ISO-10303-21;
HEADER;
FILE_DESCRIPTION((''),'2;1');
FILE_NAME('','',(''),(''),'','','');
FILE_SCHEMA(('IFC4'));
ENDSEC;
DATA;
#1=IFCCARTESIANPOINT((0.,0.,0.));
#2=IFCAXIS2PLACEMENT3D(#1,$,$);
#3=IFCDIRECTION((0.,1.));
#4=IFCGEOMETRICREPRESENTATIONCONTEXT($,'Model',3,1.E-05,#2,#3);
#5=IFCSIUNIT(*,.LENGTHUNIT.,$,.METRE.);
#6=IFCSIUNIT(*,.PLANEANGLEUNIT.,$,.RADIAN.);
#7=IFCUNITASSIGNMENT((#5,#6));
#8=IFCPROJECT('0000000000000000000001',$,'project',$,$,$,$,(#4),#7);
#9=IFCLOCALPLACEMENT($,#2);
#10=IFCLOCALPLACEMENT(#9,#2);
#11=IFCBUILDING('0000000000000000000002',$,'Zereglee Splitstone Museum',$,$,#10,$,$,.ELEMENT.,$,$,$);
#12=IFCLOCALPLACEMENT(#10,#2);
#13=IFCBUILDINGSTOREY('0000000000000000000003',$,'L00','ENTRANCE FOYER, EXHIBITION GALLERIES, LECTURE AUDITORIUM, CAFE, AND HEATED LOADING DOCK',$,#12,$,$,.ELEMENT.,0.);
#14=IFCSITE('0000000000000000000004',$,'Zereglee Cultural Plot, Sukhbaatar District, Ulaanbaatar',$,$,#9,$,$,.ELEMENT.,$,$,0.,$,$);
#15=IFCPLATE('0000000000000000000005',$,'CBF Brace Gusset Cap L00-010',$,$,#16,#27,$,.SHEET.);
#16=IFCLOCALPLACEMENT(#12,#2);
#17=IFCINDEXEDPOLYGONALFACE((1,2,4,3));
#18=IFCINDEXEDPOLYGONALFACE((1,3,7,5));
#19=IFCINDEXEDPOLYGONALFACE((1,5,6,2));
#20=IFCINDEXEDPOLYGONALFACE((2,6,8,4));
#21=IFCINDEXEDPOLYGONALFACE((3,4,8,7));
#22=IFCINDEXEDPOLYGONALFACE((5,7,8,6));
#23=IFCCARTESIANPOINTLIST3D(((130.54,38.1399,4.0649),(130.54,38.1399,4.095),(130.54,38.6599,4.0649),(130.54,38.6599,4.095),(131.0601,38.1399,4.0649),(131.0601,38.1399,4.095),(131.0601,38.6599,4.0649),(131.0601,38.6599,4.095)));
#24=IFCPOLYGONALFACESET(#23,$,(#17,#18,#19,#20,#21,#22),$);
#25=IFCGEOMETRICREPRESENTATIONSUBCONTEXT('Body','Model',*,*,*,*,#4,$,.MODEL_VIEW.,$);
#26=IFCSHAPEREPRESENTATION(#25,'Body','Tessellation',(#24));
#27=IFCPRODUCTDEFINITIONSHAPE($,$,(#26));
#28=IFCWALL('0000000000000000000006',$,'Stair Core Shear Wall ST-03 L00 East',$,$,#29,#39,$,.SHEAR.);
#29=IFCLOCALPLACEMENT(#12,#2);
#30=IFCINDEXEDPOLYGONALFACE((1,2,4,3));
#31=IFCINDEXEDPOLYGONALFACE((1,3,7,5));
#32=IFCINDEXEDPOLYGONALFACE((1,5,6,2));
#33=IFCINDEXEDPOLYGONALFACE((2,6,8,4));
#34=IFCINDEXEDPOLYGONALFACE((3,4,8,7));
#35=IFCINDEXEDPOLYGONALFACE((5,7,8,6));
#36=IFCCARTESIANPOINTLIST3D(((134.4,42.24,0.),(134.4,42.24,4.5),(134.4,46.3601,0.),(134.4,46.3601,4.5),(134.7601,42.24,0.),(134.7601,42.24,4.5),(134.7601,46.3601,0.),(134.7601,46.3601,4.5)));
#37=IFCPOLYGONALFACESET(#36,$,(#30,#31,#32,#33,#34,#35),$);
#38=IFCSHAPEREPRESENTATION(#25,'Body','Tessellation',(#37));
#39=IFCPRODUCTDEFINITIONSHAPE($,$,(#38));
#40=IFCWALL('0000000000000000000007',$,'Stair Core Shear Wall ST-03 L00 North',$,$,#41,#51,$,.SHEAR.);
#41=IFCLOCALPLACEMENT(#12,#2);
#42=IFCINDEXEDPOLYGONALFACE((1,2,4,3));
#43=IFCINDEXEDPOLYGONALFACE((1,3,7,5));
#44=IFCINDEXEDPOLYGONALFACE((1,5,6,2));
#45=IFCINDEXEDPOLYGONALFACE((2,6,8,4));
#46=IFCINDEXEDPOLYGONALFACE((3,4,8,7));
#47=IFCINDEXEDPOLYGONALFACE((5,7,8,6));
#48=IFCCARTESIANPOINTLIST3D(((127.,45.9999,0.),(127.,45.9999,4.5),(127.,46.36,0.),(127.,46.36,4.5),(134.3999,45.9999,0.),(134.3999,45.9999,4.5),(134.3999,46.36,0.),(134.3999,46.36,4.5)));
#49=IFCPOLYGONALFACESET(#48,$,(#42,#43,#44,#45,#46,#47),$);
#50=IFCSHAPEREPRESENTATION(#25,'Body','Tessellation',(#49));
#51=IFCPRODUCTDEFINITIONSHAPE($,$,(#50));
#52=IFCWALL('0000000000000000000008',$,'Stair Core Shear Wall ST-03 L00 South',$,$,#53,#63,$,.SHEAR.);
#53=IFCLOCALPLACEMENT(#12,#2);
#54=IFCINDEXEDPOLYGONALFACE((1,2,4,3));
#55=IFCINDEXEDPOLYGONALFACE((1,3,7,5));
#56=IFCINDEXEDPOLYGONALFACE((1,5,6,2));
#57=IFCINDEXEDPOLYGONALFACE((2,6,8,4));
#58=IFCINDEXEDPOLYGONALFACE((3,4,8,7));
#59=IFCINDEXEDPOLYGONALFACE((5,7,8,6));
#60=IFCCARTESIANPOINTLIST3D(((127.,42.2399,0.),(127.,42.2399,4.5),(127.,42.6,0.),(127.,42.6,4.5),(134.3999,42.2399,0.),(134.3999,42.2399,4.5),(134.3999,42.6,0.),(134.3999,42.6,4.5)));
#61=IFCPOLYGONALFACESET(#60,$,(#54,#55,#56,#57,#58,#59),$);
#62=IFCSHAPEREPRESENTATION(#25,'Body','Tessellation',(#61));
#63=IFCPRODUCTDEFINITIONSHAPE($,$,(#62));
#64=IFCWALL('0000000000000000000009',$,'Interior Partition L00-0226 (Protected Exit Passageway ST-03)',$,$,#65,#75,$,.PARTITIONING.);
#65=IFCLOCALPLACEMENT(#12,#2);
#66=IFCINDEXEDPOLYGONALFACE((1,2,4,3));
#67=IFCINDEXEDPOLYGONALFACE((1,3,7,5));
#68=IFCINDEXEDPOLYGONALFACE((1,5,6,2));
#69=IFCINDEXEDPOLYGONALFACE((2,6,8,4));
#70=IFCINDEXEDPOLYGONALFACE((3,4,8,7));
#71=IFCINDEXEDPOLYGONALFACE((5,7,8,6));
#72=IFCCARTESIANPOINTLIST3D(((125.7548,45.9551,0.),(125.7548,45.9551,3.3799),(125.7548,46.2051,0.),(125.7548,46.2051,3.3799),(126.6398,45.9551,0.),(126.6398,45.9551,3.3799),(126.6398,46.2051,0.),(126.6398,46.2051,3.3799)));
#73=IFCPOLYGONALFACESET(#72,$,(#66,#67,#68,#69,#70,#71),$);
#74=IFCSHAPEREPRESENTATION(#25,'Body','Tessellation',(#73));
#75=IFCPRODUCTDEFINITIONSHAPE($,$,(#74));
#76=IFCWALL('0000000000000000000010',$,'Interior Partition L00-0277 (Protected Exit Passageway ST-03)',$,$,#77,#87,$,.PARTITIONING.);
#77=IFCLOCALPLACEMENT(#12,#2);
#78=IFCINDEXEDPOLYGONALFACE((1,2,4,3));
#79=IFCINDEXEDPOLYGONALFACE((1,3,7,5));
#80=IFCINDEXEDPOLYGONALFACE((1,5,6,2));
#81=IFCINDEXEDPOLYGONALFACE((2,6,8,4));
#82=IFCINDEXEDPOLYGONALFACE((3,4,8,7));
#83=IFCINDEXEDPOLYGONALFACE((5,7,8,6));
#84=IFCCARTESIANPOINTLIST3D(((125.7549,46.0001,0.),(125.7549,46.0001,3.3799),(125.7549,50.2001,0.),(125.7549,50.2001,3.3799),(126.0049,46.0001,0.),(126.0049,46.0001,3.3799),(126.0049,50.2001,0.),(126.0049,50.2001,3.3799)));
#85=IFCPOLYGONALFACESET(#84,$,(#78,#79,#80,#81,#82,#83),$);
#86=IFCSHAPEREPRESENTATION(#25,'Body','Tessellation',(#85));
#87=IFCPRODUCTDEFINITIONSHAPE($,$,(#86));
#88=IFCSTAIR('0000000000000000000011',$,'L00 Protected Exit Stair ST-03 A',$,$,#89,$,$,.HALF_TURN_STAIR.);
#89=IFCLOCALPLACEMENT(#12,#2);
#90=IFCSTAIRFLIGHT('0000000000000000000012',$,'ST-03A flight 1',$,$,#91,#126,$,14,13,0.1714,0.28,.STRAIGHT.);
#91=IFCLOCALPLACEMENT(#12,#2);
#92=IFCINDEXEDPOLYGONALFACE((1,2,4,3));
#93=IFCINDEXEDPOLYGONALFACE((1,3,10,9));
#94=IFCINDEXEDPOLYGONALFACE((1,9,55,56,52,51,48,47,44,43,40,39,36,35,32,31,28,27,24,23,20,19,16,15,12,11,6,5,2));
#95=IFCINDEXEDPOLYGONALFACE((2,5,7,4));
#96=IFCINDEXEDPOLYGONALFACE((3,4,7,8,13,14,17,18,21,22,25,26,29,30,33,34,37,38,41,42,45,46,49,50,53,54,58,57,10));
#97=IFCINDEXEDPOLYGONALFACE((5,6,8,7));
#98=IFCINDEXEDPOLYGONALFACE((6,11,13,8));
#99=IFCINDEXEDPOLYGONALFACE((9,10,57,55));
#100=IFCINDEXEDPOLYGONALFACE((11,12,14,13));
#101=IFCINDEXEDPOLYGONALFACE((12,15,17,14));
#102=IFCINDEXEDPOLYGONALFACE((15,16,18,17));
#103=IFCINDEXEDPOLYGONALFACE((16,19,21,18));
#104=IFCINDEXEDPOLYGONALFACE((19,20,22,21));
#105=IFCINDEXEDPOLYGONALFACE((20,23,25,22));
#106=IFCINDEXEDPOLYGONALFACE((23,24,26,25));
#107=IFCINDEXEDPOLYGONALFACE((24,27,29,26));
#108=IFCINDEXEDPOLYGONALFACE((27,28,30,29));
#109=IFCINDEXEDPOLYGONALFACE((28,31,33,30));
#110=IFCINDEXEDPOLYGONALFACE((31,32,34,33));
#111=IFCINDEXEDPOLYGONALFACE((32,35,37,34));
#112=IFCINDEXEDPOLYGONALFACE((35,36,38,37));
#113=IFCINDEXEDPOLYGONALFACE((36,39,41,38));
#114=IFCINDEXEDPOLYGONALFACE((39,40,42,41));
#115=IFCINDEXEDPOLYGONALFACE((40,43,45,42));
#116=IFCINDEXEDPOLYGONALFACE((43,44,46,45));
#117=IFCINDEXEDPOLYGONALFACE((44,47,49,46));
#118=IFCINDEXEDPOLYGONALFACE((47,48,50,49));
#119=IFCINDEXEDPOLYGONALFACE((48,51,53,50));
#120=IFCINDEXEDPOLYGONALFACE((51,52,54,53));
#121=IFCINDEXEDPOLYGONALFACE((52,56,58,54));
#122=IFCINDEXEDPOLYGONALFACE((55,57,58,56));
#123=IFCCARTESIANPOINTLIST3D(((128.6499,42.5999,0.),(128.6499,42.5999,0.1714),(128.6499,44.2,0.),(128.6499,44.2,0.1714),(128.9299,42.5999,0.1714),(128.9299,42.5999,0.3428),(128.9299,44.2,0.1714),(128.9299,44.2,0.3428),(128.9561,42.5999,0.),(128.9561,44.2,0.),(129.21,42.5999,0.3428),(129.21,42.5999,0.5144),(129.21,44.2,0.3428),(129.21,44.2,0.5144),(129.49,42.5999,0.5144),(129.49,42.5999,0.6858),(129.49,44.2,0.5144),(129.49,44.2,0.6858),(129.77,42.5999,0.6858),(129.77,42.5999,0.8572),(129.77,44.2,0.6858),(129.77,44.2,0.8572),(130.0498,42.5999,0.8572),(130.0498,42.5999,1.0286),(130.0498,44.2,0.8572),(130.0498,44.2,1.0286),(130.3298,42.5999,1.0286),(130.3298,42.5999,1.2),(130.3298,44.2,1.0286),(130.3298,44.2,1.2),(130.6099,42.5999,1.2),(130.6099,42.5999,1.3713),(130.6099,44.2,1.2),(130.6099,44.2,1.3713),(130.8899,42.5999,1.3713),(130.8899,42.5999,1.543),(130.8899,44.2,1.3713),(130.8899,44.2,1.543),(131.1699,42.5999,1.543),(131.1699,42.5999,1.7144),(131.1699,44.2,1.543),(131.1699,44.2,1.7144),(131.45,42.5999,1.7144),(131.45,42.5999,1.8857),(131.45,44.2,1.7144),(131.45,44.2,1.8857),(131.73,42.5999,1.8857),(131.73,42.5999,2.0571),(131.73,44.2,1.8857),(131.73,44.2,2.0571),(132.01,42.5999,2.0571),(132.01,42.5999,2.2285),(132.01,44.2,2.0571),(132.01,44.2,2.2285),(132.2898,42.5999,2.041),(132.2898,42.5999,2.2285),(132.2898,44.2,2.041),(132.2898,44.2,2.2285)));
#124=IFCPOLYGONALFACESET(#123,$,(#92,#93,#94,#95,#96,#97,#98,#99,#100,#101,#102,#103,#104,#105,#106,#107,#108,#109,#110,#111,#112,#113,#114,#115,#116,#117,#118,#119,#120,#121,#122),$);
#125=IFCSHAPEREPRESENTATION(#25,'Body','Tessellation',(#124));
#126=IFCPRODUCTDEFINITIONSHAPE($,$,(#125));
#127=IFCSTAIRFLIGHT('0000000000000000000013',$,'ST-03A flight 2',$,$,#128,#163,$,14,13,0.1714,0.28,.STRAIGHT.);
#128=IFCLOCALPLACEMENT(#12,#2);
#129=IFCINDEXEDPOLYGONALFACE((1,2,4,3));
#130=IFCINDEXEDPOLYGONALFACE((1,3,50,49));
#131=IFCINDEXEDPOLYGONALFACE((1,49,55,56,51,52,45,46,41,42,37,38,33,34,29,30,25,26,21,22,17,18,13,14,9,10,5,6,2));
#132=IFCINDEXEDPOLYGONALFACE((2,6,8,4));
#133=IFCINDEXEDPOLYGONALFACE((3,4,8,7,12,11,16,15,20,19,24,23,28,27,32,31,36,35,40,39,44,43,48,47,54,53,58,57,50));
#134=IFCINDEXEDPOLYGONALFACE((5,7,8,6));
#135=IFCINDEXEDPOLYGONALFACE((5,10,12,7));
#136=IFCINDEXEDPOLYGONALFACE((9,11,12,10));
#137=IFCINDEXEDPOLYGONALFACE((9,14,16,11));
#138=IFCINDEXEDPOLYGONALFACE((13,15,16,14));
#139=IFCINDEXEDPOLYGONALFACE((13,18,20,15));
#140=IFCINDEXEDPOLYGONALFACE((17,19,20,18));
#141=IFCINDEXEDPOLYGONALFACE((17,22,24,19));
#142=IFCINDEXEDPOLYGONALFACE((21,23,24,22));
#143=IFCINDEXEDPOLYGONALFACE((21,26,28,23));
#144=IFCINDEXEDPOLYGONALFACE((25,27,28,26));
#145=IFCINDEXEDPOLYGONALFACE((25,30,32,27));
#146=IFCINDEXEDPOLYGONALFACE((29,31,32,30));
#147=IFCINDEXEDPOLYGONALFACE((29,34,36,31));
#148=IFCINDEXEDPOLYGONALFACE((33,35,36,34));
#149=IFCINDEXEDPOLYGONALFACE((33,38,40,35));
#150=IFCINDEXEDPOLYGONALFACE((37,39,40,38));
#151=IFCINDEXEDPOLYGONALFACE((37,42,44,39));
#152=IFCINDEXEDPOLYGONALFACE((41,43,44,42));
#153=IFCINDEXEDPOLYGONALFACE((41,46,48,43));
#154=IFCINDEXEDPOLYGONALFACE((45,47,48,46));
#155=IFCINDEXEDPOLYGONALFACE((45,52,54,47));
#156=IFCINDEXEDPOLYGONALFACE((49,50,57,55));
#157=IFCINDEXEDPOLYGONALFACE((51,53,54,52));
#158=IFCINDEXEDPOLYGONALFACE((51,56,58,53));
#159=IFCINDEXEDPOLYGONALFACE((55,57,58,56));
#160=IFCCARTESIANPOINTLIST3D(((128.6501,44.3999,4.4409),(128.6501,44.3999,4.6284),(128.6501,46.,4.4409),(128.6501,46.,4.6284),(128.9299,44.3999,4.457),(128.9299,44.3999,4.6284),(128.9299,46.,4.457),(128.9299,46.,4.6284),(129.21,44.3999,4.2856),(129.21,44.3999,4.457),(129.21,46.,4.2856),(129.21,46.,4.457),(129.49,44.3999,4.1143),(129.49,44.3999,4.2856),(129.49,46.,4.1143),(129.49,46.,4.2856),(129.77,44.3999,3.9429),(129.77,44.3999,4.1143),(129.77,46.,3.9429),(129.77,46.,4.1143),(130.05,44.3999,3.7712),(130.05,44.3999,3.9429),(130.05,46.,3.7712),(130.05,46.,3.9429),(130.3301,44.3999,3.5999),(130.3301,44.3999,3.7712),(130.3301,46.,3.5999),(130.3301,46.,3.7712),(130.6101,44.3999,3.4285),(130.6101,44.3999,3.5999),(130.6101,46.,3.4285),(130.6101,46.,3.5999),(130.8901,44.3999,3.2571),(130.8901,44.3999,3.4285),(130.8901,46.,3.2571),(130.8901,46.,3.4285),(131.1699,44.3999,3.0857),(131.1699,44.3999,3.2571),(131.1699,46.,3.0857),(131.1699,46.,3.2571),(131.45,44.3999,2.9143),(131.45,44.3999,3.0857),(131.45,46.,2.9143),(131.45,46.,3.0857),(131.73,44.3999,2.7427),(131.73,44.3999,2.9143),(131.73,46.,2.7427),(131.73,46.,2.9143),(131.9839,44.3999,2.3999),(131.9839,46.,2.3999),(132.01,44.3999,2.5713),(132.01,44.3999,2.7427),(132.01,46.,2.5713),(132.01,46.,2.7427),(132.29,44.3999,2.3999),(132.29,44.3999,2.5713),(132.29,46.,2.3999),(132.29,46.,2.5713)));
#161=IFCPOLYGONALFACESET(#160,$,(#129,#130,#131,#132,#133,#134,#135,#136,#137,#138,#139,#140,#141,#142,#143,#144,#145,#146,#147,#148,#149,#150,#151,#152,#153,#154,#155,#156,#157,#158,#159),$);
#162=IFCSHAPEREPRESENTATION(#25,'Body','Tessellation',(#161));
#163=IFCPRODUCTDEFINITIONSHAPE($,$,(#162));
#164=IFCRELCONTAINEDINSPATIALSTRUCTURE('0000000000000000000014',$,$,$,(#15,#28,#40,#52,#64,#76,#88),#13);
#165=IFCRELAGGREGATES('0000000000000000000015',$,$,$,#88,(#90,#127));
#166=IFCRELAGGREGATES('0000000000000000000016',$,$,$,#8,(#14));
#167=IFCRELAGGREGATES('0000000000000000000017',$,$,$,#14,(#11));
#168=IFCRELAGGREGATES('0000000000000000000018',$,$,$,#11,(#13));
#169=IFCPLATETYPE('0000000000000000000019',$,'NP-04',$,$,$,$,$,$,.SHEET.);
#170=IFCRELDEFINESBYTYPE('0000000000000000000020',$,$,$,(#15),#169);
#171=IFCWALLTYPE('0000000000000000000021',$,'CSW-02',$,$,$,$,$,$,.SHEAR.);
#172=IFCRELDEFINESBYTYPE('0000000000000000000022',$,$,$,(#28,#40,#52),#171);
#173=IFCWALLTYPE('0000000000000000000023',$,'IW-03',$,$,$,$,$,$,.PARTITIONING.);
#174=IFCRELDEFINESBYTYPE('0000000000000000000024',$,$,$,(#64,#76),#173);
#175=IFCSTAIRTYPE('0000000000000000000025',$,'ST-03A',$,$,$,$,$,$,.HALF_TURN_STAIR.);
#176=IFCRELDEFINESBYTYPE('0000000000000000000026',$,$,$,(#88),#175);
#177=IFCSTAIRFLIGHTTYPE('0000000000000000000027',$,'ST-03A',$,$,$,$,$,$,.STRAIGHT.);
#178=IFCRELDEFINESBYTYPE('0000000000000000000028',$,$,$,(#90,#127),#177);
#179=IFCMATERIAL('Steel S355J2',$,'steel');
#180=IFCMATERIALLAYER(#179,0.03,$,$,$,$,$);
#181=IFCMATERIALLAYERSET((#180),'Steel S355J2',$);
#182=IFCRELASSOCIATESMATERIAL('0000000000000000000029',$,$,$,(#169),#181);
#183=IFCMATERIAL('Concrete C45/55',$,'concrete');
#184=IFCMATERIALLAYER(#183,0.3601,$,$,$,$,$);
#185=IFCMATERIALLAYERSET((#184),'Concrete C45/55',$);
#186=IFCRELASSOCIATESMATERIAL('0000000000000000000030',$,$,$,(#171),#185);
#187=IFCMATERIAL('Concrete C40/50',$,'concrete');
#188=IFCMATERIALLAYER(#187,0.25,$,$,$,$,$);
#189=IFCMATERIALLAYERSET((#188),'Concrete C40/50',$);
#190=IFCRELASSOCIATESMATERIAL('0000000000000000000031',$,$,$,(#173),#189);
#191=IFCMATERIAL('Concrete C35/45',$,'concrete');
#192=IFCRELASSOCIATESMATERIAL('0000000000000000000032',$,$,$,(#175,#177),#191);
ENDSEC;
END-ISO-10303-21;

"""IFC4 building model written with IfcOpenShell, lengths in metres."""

from ifc_helpers import new_model, si_unit, direction, frame, frame_2d, origin, origin_2d, place, context, subcontext, project, spatial, polyline, rectangle, outline, extrude, material, layer, layer_set, type_object, element, aggregate, save


model = new_model("IFC4")

# Units and contexts
model_context = context("Model", 3, precision=1e-05, world=origin(), true_north=direction((0.0, 1.0)))
body_context = subcontext(model_context, "Body", "Model", "MODEL_VIEW")
ifc_project = project(units=[si_unit("LENGTHUNIT", "METRE"), si_unit("PLANEANGLEUNIT", "RADIAN")], contexts=[model_context])

# Site, building, storey
site_placement = place(None, origin())
site = spatial("IfcSite", under=ifc_project, at=site_placement, Name="Zereglee Cultural Plot, Sukhbaatar District, Ulaanbaatar", CompositionType="ELEMENT", RefElevation=0.0)
building_placement = place(site_placement, origin())
building = spatial("IfcBuilding", under=site, at=building_placement, Name="Zereglee Splitstone Museum", CompositionType="ELEMENT")
storey_placement = place(building_placement, origin())
storey = spatial("IfcBuildingStorey", under=building, at=storey_placement, Name="L00", Description="ENTRANCE FOYER, EXHIBITION GALLERIES, LECTURE AUDITORIUM, CAFE, AND HEATED LOADING DOCK", CompositionType="ELEMENT", Elevation=0.0)

# Shared definitions
ifc_material_1 = material(Name="Concrete C45/55", Category="concrete")

# Shared definitions
ifc_material_2 = material(Name="Steel S355J2", Category="steel")

# Plate
ifc_layer_1 = layer(ifc_material_2, 0.03)
ifc_layer_set_1 = layer_set([ifc_layer_1], Name="Steel S355J2")
plate_type = type_object("IfcPlateType", Name="NP-04", PredefinedType="SHEET", material=ifc_layer_set_1)
for number, where, z_axis, x_axis, name in (
    (1, (130.8, 38.3999, 4.0649), (0.0, 0.0, 1.0), (1.0, 0.0, 0.0), "CBF Brace Gusset Cap L00-010"),
):
    element("IfcPlate", number, at=place(storey_placement, frame(where, z_axis=z_axis, x_axis=x_axis)), inside=storey, type_object=plate_type, Name=name, PredefinedType="SHEET", context=body_context, shape_type="SweptSolid", body=[
        extrude(rectangle(XDim=0.52, YDim=0.52, at=origin_2d()), origin(), (0.0, 0.0, 1.0), 0.03),
    ])

# Shared definitions
ifc_layer_2 = layer(ifc_material_1, 0.3601)
ifc_layer_set_2 = layer_set([ifc_layer_2], Name="Concrete C45/55")
wall_type_1 = type_object("IfcWallType", Name="CSW-02", PredefinedType="SHEAR", material=ifc_layer_set_2)

# Walls
wall_1_placement = place(storey_placement, frame((134.5801, 42.24, 0.0), z_axis=(0.0, 0.0, 1.0), x_axis=(0.0, 1.0, 0.0)))
element("IfcWall", 2, at=wall_1_placement, inside=storey, type_object=wall_type_1, Name="Stair Core Shear Wall ST-03 L00 East", PredefinedType="SHEAR", context=body_context, shape_type="SweptSolid", body=[
    extrude(rectangle(XDim=4.1201, YDim=0.3601, at=frame_2d((2.0601, 0.0))), origin(), (0.0, 0.0, 1.0), 4.5),
])
for number, where, z_axis, x_axis, name in (
    (3, (127.0, 46.1799, 0.0), (0.0, 0.0, 1.0), (1.0, 0.0, 0.0), "Stair Core Shear Wall ST-03 L00 North"),
    (4, (127.0, 42.4199, 0.0), (0.0, 0.0, 1.0), (1.0, 0.0, 0.0), "Stair Core Shear Wall ST-03 L00 South"),
):
    element("IfcWall", number, at=place(storey_placement, frame(where, z_axis=z_axis, x_axis=x_axis)), inside=storey, type_object=wall_type_1, Name=name, PredefinedType="SHEAR", context=body_context, shape_type="SweptSolid", body=[
        extrude(rectangle(XDim=7.3999, YDim=0.3601, at=frame_2d((3.7, 0.0))), origin(), (0.0, 0.0, 1.0), 4.5),
    ])
ifc_material_3 = material(Name="Concrete C40/50", Category="concrete")
ifc_layer_3 = layer(ifc_material_3, 0.25)
ifc_layer_set_3 = layer_set([ifc_layer_3], Name="Concrete C40/50")
wall_type_2 = type_object("IfcWallType", Name="IW-03", PredefinedType="PARTITIONING", material=ifc_layer_set_3)
wall_2_placement = place(storey_placement, frame((125.7549, 46.0801, 0.0), z_axis=(0.0, 0.0, 1.0), x_axis=(1.0, 0.0, 0.0)))
element("IfcWall", 5, at=wall_2_placement, inside=storey, type_object=wall_type_2, Name="Interior Partition L00-0226 (Protected Exit Passageway ST-03)", PredefinedType="PARTITIONING", context=body_context, shape_type="SweptSolid", body=[
    extrude(rectangle(XDim=0.885, YDim=0.25, at=frame_2d((0.4424, 0.0))), origin(), (0.0, 0.0, 1.0), 3.3799),
])
wall_3_placement = place(storey_placement, frame((125.8799, 46.0, 0.0), z_axis=(0.0, 0.0, 1.0), x_axis=(0.0, 1.0, 0.0)))
element("IfcWall", 6, at=wall_3_placement, inside=storey, type_object=wall_type_2, Name="Interior Partition L00-0277 (Protected Exit Passageway ST-03)", PredefinedType="PARTITIONING", context=body_context, shape_type="SweptSolid", body=[
    extrude(rectangle(XDim=4.2, YDim=0.25, at=frame_2d((2.1001, 0.0))), origin(), (0.0, 0.0, 1.0), 3.3799),
])

# Stair, stair flights
ifc_material_4 = material(Name="Concrete C35/45", Category="concrete")
stair_type = type_object("IfcStairType", Name="ST-03A", PredefinedType="HALF_TURN_STAIR", material=ifc_material_4)
stair_placement = place(storey_placement, origin())
stair = element("IfcStair", 7, at=stair_placement, inside=storey, type_object=stair_type, Name="L00 Protected Exit Stair ST-03 A", PredefinedType="HALF_TURN_STAIR")
stair_flight_type = type_object("IfcStairFlightType", Name="ST-03A", PredefinedType="STRAIGHT", material=ifc_material_4)
stair_flight_1_placement = place(storey_placement, frame((128.6499, 43.3999, 0.0), z_axis=(0.0, 0.0, 1.0), x_axis=(1.0, 0.0, 0.0)))
stair_flight_1 = element("IfcStairFlight", 8, at=stair_flight_1_placement, type_object=stair_flight_type, Name="ST-03A flight 1", NumberOfRisers=14, NumberOfTreads=13, PredefinedType="STRAIGHT", RiserHeight=0.1714, TreadLength=0.28, context=body_context, shape_type="SweptSolid", body=[
    extrude(outline(polyline([(0.0, 0.0), (0.0, 0.1714), (0.28, 0.1714), (0.28, 0.3428), (0.5601, 0.3428), (0.5601, 0.5144), (0.8401, 0.5144), (0.8401, 0.6858), (1.1201, 0.6858), (1.1201, 0.8572), (1.3999, 0.8572), (1.3999, 1.0286), (1.6799, 1.0286), (1.6799, 1.2), (1.96, 1.2), (1.96, 1.3713), (2.24, 1.3713), (2.24, 1.543), (2.52, 1.543), (2.52, 1.7144), (2.8, 1.7144), (2.8, 1.8857), (3.0801, 1.8857), (3.0801, 2.0571), (3.3601, 2.0571), (3.3601, 2.2285), (3.6399, 2.2285), (3.6399, 2.3999), (3.6399, 2.041), (0.3062, 0.0), (0.0, 0.0)])), frame((0.0, 0.8, 0.0), z_axis=(0.0, -1.0, 0.0), x_axis=(1.0, 0.0, 0.0)), (0.0, 0.0, 1.0), 1.6001),
])
stair_flight_2_placement = place(storey_placement, frame((132.29, 45.2, 2.3999), z_axis=(0.0, 0.0, 1.0), x_axis=(-1.0, 0.0, 0.0)))
stair_flight_2 = element("IfcStairFlight", 9, at=stair_flight_2_placement, type_object=stair_flight_type, Name="ST-03A flight 2", NumberOfRisers=14, NumberOfTreads=13, PredefinedType="STRAIGHT", RiserHeight=0.1714, TreadLength=0.28, context=body_context, shape_type="SweptSolid", body=[
    extrude(outline(polyline([(0.0, 0.0), (0.0, 0.1714), (0.28, 0.1714), (0.28, 0.3428), (0.5601, 0.3428), (0.5601, 0.5144), (0.8401, 0.5144), (0.8401, 0.6858), (1.1201, 0.6858), (1.1201, 0.8572), (1.3999, 0.8572), (1.3999, 1.0286), (1.6799, 1.0286), (1.6799, 1.2), (1.96, 1.2), (1.96, 1.3713), (2.24, 1.3713), (2.24, 1.543), (2.52, 1.543), (2.52, 1.7144), (2.8, 1.7144), (2.8, 1.8857), (3.0801, 1.8857), (3.0801, 2.0571), (3.3601, 2.0571), (3.3601, 2.2285), (3.6399, 2.2285), (3.6399, 2.3999), (3.6399, 2.041), (0.3062, 0.0), (0.0, 0.0)])), frame((0.0, 0.8, 0.0), z_axis=(0.0, -1.0, 0.0), x_axis=(1.0, 0.0, 0.0)), (0.0, 0.0, 1.0), 1.6001),
])
aggregate(stair, [stair_flight_1, stair_flight_2])

save(model, "model.ifc")
